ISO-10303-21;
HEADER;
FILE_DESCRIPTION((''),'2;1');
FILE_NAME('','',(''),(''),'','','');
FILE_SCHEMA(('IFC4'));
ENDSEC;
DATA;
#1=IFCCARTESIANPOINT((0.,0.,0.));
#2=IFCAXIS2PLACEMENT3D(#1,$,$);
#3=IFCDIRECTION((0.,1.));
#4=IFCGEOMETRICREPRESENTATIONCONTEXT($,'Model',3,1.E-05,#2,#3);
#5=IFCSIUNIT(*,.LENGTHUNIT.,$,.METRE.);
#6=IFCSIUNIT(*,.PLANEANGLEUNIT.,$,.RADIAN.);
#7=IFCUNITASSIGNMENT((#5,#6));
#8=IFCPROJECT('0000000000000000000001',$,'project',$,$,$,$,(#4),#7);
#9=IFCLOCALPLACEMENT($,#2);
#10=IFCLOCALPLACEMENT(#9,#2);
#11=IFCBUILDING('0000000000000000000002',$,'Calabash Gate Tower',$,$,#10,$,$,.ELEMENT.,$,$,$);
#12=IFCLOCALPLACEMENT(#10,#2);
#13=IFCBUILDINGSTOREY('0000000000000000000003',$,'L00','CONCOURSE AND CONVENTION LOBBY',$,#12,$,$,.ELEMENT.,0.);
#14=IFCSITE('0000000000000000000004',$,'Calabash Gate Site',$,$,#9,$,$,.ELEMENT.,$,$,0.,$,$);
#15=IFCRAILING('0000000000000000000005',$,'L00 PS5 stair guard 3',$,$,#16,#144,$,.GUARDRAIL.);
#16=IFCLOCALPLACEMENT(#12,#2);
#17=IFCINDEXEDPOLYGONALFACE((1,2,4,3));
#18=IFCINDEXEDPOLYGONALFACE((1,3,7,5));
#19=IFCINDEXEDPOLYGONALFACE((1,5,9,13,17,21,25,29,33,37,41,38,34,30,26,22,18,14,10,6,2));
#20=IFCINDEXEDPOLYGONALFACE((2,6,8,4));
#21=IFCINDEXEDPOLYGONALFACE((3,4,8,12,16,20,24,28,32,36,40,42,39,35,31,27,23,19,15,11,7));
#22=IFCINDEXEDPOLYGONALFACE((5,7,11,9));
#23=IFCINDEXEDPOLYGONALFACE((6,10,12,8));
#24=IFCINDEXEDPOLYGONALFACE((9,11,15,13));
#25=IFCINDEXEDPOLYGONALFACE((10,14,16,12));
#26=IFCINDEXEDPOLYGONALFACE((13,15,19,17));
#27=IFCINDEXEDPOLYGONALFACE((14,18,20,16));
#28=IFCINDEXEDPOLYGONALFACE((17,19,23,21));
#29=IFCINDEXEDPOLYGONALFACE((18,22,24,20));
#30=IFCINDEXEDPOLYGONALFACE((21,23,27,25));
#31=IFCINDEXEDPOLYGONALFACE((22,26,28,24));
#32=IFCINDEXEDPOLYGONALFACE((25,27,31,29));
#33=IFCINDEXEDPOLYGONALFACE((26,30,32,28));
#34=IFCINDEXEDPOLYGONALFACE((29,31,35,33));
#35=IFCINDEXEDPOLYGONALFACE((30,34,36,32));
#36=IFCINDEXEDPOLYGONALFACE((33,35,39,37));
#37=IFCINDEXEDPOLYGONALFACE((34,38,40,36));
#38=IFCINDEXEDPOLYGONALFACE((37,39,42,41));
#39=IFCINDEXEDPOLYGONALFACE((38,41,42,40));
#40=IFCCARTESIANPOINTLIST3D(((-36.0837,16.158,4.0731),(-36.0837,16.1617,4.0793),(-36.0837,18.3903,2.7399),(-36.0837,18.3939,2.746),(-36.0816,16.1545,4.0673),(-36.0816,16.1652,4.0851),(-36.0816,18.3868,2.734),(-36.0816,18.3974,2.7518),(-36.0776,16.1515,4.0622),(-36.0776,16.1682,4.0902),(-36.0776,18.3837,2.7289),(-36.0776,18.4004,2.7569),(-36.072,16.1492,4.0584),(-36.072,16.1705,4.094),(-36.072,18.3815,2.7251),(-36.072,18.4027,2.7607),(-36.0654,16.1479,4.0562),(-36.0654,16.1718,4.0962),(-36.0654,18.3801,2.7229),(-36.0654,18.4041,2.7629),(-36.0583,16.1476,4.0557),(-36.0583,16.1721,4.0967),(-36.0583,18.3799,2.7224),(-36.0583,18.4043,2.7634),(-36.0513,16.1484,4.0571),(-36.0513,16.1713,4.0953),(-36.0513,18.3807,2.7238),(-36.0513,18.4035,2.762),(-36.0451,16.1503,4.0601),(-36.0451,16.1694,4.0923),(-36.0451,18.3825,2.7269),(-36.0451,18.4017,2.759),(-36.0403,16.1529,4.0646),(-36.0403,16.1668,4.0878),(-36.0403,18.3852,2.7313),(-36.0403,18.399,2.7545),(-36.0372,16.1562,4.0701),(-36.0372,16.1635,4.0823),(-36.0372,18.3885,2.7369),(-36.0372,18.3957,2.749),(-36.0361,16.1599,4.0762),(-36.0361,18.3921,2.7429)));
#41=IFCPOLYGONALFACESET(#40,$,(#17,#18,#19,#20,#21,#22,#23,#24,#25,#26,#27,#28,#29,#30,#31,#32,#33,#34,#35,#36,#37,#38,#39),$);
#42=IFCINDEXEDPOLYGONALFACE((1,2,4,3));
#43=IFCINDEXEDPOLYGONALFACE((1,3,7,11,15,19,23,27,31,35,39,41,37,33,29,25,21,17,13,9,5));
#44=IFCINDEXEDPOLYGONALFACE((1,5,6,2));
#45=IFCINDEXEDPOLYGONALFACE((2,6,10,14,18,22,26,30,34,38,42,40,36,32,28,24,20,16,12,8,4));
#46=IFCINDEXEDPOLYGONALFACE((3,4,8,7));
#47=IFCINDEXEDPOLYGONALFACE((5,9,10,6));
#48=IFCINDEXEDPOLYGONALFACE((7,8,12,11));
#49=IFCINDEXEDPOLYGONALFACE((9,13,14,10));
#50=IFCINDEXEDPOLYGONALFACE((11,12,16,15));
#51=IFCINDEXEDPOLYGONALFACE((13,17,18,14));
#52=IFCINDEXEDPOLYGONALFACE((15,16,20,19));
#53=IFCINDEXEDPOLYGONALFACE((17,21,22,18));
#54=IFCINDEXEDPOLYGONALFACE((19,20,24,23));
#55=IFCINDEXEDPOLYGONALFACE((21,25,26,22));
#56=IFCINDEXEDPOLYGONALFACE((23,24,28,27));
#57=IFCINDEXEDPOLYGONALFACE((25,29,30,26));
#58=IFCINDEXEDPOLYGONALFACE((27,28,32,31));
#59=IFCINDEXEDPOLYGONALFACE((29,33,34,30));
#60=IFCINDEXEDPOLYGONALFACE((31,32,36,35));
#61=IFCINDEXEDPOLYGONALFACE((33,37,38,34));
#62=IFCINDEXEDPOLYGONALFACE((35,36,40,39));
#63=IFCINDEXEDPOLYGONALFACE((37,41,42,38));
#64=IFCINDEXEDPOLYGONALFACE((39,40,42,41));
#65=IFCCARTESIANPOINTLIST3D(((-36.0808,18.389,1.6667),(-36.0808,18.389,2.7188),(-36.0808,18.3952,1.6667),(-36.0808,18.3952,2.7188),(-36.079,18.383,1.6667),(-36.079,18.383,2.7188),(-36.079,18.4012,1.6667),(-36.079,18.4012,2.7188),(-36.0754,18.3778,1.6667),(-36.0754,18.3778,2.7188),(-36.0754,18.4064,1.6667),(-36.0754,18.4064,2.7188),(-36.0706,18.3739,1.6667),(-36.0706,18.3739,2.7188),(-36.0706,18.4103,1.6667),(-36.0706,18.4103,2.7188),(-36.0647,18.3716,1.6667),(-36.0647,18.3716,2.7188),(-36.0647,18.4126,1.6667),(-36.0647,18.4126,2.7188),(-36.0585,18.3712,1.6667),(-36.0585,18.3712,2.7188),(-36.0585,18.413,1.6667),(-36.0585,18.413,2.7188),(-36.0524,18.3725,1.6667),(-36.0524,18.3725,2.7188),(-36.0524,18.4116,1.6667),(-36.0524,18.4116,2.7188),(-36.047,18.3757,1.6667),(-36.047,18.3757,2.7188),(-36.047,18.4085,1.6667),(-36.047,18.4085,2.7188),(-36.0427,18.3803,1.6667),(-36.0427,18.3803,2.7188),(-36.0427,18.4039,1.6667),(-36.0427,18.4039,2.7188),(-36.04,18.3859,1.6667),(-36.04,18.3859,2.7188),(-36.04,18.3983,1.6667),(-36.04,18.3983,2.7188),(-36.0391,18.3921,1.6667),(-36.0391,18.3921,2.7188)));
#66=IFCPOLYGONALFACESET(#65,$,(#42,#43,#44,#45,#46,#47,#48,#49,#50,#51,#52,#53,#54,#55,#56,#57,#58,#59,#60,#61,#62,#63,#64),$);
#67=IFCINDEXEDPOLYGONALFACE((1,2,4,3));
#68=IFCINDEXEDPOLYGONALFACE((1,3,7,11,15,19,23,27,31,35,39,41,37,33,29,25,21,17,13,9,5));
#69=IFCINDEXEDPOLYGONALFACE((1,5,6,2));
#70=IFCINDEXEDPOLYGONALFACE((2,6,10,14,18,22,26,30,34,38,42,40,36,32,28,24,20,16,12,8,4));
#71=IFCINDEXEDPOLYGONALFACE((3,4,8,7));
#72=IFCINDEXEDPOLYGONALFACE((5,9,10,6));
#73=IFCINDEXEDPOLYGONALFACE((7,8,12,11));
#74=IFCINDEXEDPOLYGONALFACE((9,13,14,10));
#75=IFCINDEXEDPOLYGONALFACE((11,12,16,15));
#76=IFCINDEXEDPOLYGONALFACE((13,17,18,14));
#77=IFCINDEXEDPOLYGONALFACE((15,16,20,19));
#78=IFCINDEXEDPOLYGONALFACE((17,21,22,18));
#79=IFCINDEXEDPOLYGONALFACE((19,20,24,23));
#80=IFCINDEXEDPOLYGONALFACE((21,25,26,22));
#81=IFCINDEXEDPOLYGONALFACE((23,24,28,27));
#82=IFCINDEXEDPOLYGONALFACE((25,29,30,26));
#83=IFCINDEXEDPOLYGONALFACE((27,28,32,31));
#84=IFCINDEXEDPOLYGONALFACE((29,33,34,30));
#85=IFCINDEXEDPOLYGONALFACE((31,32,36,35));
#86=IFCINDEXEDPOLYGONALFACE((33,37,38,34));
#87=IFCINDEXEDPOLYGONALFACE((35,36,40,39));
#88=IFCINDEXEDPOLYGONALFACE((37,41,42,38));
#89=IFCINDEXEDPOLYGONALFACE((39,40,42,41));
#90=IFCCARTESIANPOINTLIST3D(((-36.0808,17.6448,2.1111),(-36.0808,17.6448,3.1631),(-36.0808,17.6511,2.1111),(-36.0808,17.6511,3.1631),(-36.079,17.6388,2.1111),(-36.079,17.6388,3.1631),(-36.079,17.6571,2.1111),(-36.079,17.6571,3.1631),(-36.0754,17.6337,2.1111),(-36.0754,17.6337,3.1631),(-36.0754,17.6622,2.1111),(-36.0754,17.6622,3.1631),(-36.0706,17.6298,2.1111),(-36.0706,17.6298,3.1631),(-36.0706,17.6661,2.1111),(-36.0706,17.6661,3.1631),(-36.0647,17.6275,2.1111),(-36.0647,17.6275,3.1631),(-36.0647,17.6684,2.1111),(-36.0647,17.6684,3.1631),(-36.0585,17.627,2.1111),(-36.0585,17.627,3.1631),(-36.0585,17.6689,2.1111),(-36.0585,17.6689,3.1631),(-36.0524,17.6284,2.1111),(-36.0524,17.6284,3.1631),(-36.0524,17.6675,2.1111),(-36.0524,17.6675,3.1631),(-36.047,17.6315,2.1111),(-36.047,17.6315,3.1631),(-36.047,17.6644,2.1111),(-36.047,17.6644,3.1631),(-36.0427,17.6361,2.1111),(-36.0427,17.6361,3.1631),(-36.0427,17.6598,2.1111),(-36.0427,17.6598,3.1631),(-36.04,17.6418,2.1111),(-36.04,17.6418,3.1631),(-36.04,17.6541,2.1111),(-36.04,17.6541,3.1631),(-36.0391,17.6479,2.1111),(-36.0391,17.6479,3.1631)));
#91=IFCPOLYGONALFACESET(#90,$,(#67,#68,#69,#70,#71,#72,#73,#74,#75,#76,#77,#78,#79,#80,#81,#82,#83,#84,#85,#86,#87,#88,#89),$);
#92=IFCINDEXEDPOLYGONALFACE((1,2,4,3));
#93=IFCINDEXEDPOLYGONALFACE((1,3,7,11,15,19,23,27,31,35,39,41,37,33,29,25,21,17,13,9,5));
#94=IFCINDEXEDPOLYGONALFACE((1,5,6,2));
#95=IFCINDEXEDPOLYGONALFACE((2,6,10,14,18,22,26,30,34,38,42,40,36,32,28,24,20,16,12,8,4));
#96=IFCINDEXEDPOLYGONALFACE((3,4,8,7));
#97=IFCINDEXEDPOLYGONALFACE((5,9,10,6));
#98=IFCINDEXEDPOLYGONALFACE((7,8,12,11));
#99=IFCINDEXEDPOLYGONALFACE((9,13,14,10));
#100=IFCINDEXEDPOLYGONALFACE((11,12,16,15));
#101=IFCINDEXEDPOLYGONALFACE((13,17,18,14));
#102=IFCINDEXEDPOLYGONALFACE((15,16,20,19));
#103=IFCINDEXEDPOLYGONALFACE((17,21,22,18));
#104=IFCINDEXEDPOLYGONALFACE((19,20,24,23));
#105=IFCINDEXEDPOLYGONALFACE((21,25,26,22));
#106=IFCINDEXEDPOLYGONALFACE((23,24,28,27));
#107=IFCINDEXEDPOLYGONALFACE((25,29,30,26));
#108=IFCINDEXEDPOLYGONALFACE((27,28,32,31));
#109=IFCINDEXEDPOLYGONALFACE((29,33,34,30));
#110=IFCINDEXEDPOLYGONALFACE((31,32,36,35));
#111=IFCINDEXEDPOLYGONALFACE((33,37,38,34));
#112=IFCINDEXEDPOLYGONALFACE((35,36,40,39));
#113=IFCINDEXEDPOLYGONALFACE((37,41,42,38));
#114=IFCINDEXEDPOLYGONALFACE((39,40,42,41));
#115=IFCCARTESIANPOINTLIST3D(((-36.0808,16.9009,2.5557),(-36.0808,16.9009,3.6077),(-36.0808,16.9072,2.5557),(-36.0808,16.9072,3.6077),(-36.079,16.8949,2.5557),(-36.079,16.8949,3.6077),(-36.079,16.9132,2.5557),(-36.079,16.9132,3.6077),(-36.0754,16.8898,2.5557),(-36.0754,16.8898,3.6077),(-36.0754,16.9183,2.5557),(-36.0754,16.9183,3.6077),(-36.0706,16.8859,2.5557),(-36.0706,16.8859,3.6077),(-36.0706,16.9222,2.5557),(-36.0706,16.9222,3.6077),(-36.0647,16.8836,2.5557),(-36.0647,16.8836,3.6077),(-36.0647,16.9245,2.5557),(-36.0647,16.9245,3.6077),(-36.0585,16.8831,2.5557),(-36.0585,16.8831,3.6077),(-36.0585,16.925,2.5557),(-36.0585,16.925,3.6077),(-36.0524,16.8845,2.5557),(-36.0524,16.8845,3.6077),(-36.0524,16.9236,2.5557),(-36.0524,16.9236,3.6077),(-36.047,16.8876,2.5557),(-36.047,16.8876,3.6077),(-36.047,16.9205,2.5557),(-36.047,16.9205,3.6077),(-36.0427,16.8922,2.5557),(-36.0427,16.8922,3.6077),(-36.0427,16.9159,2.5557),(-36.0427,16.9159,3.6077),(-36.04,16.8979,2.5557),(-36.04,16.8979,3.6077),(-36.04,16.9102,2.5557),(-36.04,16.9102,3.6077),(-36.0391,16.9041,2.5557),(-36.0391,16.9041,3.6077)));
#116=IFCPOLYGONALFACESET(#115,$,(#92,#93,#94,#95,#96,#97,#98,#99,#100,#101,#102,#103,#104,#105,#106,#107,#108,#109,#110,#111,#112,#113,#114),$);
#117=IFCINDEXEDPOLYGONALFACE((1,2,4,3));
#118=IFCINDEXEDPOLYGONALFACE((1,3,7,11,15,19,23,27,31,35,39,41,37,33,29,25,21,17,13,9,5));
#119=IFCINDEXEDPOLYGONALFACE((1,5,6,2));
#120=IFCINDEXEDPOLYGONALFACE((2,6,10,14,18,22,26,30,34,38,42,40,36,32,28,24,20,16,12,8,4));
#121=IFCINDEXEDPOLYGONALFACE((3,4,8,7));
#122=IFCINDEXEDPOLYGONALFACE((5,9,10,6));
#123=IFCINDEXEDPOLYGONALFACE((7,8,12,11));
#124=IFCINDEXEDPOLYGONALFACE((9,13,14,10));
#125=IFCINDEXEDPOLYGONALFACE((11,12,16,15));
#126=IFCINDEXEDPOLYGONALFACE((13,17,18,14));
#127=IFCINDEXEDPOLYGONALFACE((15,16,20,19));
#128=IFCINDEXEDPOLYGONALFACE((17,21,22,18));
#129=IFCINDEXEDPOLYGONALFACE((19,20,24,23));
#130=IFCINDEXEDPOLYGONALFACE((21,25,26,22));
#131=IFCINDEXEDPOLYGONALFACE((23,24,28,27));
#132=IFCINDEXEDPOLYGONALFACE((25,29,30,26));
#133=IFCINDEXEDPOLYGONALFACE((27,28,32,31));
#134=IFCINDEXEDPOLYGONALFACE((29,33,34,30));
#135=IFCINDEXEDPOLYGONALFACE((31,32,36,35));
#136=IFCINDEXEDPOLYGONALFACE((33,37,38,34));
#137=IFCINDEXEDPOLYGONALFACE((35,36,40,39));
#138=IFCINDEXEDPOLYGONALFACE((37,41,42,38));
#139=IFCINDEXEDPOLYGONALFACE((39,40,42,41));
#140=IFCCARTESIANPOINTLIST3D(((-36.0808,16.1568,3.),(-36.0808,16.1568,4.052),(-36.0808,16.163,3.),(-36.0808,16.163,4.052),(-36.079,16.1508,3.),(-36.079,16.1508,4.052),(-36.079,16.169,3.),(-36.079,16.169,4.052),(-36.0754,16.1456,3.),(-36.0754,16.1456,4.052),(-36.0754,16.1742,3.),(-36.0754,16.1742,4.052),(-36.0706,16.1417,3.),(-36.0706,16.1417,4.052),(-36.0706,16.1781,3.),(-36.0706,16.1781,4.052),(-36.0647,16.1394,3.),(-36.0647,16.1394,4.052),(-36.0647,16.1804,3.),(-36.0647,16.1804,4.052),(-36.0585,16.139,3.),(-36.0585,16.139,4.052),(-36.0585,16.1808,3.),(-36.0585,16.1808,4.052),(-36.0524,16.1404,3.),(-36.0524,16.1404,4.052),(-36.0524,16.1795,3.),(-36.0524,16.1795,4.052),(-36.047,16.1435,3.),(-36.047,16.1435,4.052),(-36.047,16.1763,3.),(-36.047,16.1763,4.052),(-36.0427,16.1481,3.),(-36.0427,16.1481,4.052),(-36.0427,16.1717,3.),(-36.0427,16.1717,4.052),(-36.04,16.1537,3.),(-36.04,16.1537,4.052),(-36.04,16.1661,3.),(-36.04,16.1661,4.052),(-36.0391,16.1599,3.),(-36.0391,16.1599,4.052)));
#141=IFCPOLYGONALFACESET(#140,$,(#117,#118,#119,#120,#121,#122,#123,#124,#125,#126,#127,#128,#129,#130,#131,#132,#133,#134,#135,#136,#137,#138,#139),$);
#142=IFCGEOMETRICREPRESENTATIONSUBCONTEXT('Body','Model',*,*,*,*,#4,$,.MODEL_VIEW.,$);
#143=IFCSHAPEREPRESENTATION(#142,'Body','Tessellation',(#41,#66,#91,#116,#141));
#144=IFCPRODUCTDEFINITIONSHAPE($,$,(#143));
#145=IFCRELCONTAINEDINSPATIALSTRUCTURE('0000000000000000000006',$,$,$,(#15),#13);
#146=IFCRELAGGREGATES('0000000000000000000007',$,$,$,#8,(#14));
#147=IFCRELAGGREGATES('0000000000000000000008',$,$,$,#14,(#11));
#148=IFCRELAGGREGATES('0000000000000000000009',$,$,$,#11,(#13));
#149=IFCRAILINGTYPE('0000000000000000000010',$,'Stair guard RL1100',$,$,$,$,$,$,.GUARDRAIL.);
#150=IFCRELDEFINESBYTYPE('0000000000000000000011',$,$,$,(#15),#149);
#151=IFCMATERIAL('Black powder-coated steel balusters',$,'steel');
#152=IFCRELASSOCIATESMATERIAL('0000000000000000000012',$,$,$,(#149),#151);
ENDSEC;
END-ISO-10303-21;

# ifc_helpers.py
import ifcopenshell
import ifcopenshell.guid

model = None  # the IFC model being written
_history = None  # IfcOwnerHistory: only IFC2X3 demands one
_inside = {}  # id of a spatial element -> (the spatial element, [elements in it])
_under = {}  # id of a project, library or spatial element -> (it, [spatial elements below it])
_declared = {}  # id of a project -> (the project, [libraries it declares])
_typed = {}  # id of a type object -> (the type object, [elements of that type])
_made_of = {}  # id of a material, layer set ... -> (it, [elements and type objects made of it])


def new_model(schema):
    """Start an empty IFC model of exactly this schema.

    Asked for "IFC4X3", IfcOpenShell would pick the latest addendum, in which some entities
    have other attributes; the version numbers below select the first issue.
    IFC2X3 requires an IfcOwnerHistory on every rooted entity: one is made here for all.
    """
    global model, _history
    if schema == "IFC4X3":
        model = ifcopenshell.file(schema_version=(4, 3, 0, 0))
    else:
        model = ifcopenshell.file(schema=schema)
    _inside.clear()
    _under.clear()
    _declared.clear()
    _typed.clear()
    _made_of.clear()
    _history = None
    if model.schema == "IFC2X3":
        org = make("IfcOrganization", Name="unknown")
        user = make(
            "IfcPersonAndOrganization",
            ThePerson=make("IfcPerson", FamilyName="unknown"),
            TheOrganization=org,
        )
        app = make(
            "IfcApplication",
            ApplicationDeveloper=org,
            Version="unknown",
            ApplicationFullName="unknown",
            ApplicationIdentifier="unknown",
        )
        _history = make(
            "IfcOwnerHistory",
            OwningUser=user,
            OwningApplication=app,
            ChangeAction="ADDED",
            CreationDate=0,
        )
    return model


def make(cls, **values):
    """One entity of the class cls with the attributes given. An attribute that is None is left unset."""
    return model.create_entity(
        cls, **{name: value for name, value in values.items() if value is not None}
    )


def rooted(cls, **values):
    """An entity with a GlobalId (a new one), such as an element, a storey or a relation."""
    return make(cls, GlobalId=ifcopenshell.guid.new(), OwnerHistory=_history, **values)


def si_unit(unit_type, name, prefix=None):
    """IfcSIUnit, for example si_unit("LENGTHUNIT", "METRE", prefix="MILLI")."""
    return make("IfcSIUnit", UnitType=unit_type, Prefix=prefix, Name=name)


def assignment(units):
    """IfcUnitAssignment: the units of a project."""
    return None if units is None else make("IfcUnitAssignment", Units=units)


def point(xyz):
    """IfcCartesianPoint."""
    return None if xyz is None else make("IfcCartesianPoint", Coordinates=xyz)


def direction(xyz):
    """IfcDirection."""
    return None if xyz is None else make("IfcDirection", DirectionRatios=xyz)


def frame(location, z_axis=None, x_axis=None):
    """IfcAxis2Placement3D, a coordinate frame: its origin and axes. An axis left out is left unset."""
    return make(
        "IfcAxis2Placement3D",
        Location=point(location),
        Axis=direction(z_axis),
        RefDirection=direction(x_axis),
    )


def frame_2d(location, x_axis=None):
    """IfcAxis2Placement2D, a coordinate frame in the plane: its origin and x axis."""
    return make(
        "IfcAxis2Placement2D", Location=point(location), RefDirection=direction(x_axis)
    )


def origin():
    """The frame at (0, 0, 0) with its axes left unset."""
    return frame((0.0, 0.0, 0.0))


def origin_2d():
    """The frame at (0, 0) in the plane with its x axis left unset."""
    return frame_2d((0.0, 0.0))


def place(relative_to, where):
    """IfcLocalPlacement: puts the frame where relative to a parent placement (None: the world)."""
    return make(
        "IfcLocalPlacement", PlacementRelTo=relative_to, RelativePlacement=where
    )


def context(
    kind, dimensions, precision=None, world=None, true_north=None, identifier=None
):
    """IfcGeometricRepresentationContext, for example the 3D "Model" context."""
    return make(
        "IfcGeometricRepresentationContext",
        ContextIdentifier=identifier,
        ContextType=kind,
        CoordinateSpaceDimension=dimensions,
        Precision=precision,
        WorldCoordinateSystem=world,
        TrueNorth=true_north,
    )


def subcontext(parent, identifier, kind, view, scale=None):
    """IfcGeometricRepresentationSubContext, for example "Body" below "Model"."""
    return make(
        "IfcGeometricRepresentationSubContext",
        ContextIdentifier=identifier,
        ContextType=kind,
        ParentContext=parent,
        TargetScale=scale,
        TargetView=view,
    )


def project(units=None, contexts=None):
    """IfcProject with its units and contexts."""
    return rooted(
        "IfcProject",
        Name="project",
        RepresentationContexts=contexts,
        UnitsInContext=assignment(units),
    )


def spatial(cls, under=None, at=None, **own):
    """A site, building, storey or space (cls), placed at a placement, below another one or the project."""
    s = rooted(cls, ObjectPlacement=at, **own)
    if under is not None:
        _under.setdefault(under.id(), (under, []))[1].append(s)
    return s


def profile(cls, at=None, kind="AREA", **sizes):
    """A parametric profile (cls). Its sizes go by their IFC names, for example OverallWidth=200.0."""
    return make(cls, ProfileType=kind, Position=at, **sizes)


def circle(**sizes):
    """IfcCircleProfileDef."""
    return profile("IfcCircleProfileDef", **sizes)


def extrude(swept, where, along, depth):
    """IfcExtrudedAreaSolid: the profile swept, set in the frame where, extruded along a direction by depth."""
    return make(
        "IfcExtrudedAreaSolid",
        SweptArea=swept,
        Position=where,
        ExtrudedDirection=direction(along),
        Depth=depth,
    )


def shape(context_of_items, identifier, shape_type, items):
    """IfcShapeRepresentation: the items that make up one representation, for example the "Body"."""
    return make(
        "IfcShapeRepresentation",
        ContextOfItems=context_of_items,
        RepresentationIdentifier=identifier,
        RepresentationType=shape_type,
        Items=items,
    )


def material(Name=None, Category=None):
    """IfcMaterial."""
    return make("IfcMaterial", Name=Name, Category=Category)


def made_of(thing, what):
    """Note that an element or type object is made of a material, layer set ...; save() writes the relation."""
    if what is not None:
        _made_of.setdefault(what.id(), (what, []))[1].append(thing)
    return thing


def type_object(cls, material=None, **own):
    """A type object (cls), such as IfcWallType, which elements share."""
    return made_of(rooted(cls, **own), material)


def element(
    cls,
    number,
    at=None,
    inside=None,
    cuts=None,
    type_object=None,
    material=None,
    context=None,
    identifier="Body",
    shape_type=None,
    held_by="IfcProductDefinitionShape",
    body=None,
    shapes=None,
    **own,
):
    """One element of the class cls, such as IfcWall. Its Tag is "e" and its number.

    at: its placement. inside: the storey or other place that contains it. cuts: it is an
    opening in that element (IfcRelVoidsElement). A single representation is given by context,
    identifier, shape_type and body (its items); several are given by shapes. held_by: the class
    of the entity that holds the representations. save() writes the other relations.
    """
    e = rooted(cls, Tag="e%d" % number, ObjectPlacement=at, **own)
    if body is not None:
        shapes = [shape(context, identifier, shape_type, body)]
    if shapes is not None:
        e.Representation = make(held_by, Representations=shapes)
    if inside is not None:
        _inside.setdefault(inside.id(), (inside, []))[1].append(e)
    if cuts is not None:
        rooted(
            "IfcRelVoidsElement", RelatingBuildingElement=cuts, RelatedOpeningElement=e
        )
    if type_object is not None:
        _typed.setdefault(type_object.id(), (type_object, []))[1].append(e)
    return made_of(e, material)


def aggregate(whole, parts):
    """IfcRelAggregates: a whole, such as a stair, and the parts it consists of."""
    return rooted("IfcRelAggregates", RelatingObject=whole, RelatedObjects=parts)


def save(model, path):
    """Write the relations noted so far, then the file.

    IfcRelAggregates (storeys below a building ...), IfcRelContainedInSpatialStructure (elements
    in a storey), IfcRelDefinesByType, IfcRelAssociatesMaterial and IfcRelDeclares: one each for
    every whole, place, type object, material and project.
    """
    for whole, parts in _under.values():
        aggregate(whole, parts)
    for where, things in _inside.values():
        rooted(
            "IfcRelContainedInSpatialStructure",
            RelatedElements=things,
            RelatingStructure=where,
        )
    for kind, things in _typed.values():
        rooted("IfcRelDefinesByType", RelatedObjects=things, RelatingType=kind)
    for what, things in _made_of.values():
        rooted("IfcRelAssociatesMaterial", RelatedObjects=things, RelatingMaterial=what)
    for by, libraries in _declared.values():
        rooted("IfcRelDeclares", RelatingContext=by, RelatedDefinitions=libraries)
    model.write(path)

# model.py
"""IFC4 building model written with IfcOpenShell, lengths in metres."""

from ifc_helpers import new_model, si_unit, direction, frame, origin, origin_2d, place, context, subcontext, project, spatial, circle, extrude, material, type_object, element, save


model = new_model("IFC4")

# Units and contexts
model_context = context("Model", 3, precision=1e-05, world=origin(), true_north=direction((0.0, 1.0)))
body_context = subcontext(model_context, "Body", "Model", "MODEL_VIEW")
ifc_project = project(units=[si_unit("LENGTHUNIT", "METRE"), si_unit("PLANEANGLEUNIT", "RADIAN")], contexts=[model_context])

# Site, building, storey
site_placement = place(None, origin())
site = spatial("IfcSite", under=ifc_project, at=site_placement, Name="Calabash Gate Site", CompositionType="ELEMENT", RefElevation=0.0)
building_placement = place(site_placement, origin())
building = spatial("IfcBuilding", under=site, at=building_placement, Name="Calabash Gate Tower", CompositionType="ELEMENT")
storey_placement = place(building_placement, origin())
storey = spatial("IfcBuildingStorey", under=building, at=storey_placement, Name="L00", Description="CONCOURSE AND CONVENTION LOBBY", CompositionType="ELEMENT", Elevation=0.0)

# Railing
ifc_material_1 = material(Name="Black powder-coated steel balusters", Category="steel")
railing_type_1 = type_object("IfcRailingType", Name="Stair guard RL1100", PredefinedType="GUARDRAIL", material=ifc_material_1)
railing_1_placement = place(storey_placement, frame((-36.0601, 18.3921, 1.6667)))
element("IfcRailing", 1, at=railing_1_placement, inside=storey, type_object=railing_type_1, Name="L00 PS5 stair guard 3", PredefinedType="GUARDRAIL", context=body_context, shape_type="SweptSolid", body=[
    extrude(circle(Radius=0.0239, at=origin_2d()), frame((0.0, 0.0, 1.0762), z_axis=(0.0, -0.858519, 0.512782), x_axis=(1.0, 0.0, 0.0)), (0.0, 0.0, 1.0), 2.6001),
    extrude(circle(Radius=0.021, at=origin_2d()), origin(), (0.0, 0.0, 1.0), 1.052),
    extrude(circle(Radius=0.021, at=origin_2d()), frame((0.0, -0.7441, 0.4443)), (0.0, 0.0, 1.0), 1.052),
    extrude(circle(Radius=0.021, at=origin_2d()), frame((0.0, -1.488, 0.8889)), (0.0, 0.0, 1.0), 1.052),
    extrude(circle(Radius=0.021, at=origin_2d()), frame((0.0, -2.2322, 1.3333)), (0.0, 0.0, 1.0), 1.052),
])

save(model, "model.ifc")
